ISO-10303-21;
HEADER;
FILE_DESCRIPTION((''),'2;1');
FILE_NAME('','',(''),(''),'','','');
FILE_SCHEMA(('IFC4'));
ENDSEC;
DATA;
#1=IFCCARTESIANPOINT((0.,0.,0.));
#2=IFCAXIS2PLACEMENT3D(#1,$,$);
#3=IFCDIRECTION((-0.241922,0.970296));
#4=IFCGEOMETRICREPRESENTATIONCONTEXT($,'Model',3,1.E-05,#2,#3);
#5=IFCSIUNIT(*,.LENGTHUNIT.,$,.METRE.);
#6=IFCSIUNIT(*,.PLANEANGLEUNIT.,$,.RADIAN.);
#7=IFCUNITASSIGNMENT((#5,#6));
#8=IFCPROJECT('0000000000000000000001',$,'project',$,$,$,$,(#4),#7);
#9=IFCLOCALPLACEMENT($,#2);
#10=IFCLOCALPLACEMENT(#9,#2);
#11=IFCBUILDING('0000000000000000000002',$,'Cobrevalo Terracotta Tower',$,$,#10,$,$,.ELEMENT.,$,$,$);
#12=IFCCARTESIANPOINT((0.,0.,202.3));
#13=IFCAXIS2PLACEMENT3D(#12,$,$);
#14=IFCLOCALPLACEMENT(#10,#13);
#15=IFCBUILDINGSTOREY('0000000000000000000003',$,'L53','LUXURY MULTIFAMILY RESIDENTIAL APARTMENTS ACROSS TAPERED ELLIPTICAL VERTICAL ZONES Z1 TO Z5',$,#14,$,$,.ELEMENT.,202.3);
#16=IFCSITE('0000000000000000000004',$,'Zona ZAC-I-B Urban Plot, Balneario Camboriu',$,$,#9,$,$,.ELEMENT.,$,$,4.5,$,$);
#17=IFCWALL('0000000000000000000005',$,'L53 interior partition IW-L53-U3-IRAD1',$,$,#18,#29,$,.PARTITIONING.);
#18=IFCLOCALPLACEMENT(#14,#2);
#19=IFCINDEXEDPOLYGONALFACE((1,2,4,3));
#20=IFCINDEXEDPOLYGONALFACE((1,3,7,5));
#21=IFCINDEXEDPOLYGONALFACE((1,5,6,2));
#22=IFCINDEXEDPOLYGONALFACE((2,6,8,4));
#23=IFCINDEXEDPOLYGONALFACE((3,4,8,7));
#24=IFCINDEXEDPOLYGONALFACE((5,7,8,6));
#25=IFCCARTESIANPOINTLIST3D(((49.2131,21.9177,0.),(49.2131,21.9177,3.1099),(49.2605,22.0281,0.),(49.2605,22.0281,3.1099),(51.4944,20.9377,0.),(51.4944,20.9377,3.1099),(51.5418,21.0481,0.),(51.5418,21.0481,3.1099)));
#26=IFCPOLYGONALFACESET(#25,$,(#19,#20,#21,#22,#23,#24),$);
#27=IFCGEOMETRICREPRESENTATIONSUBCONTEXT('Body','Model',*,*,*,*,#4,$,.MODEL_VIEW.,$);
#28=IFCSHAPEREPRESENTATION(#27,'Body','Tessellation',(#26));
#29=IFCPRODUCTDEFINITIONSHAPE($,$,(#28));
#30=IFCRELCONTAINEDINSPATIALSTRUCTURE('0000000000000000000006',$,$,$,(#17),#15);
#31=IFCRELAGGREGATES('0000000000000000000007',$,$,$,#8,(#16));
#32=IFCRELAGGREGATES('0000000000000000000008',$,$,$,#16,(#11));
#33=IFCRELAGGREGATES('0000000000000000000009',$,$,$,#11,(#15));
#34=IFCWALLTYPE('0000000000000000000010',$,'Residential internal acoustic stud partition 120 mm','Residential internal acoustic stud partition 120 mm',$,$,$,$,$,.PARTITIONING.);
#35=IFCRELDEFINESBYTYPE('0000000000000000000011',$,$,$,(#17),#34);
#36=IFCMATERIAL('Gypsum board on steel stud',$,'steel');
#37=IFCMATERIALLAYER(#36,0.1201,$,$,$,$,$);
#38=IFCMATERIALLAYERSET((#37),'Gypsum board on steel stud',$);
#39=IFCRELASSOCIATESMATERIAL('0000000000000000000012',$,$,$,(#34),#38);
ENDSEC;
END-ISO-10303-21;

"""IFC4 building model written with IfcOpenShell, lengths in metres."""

from ifc_helpers import new_model, si_unit, direction, frame, frame_2d, origin, place, context, subcontext, project, spatial, rectangle, extrude, material, layer, layer_set, type_object, element, save


model = new_model("IFC4")

# Units and contexts
model_context = context("Model", 3, precision=1e-05, world=origin(), true_north=direction((-0.241922, 0.970296)))
body_context = subcontext(model_context, "Body", "Model", "MODEL_VIEW")
ifc_project = project(units=[si_unit("LENGTHUNIT", "METRE"), si_unit("PLANEANGLEUNIT", "RADIAN")], contexts=[model_context])

# Site, building, storey
site_placement = place(None, origin())
site = spatial("IfcSite", under=ifc_project, at=site_placement, Name="Zona ZAC-I-B Urban Plot, Balneario Camboriu", CompositionType="ELEMENT", RefElevation=4.5)
building_placement = place(site_placement, origin())
building = spatial("IfcBuilding", under=site, at=building_placement, Name="Cobrevalo Terracotta Tower", CompositionType="ELEMENT")
storey_placement = place(building_placement, frame((0.0, 0.0, 202.3)))
storey = spatial("IfcBuildingStorey", under=building, at=storey_placement, Name="L53", Description="LUXURY MULTIFAMILY RESIDENTIAL APARTMENTS ACROSS TAPERED ELLIPTICAL VERTICAL ZONES Z1 TO Z5", CompositionType="ELEMENT", Elevation=202.3)

# Shared definitions
ifc_material_1 = material(Name="Gypsum board on steel stud", Category="steel")

# Wall
ifc_layer_1 = layer(ifc_material_1, 0.1201)
ifc_layer_set_1 = layer_set([ifc_layer_1], Name="Gypsum board on steel stud")
wall_type_1 = type_object("IfcWallType", Name="Residential internal acoustic stud partition 120 mm", Description="Residential internal acoustic stud partition 120 mm", PredefinedType="PARTITIONING", material=ifc_layer_set_1)
wall_1_placement = place(storey_placement, frame((49.2368, 21.9729, 0.0), z_axis=(0.0, 0.0, 1.0), x_axis=(0.918809, -0.394702, 0.0)))
element("IfcWall", 1, at=wall_1_placement, inside=storey, type_object=wall_type_1, Name="L53 interior partition IW-L53-U3-IRAD1", PredefinedType="PARTITIONING", context=body_context, shape_type="SweptSolid", body=[
    extrude(rectangle(XDim=2.4829, YDim=0.1201, at=frame_2d((1.2415, 0.0))), origin(), (0.0, 0.0, 1.0), 3.1099),
])

save(model, "model.ifc")
